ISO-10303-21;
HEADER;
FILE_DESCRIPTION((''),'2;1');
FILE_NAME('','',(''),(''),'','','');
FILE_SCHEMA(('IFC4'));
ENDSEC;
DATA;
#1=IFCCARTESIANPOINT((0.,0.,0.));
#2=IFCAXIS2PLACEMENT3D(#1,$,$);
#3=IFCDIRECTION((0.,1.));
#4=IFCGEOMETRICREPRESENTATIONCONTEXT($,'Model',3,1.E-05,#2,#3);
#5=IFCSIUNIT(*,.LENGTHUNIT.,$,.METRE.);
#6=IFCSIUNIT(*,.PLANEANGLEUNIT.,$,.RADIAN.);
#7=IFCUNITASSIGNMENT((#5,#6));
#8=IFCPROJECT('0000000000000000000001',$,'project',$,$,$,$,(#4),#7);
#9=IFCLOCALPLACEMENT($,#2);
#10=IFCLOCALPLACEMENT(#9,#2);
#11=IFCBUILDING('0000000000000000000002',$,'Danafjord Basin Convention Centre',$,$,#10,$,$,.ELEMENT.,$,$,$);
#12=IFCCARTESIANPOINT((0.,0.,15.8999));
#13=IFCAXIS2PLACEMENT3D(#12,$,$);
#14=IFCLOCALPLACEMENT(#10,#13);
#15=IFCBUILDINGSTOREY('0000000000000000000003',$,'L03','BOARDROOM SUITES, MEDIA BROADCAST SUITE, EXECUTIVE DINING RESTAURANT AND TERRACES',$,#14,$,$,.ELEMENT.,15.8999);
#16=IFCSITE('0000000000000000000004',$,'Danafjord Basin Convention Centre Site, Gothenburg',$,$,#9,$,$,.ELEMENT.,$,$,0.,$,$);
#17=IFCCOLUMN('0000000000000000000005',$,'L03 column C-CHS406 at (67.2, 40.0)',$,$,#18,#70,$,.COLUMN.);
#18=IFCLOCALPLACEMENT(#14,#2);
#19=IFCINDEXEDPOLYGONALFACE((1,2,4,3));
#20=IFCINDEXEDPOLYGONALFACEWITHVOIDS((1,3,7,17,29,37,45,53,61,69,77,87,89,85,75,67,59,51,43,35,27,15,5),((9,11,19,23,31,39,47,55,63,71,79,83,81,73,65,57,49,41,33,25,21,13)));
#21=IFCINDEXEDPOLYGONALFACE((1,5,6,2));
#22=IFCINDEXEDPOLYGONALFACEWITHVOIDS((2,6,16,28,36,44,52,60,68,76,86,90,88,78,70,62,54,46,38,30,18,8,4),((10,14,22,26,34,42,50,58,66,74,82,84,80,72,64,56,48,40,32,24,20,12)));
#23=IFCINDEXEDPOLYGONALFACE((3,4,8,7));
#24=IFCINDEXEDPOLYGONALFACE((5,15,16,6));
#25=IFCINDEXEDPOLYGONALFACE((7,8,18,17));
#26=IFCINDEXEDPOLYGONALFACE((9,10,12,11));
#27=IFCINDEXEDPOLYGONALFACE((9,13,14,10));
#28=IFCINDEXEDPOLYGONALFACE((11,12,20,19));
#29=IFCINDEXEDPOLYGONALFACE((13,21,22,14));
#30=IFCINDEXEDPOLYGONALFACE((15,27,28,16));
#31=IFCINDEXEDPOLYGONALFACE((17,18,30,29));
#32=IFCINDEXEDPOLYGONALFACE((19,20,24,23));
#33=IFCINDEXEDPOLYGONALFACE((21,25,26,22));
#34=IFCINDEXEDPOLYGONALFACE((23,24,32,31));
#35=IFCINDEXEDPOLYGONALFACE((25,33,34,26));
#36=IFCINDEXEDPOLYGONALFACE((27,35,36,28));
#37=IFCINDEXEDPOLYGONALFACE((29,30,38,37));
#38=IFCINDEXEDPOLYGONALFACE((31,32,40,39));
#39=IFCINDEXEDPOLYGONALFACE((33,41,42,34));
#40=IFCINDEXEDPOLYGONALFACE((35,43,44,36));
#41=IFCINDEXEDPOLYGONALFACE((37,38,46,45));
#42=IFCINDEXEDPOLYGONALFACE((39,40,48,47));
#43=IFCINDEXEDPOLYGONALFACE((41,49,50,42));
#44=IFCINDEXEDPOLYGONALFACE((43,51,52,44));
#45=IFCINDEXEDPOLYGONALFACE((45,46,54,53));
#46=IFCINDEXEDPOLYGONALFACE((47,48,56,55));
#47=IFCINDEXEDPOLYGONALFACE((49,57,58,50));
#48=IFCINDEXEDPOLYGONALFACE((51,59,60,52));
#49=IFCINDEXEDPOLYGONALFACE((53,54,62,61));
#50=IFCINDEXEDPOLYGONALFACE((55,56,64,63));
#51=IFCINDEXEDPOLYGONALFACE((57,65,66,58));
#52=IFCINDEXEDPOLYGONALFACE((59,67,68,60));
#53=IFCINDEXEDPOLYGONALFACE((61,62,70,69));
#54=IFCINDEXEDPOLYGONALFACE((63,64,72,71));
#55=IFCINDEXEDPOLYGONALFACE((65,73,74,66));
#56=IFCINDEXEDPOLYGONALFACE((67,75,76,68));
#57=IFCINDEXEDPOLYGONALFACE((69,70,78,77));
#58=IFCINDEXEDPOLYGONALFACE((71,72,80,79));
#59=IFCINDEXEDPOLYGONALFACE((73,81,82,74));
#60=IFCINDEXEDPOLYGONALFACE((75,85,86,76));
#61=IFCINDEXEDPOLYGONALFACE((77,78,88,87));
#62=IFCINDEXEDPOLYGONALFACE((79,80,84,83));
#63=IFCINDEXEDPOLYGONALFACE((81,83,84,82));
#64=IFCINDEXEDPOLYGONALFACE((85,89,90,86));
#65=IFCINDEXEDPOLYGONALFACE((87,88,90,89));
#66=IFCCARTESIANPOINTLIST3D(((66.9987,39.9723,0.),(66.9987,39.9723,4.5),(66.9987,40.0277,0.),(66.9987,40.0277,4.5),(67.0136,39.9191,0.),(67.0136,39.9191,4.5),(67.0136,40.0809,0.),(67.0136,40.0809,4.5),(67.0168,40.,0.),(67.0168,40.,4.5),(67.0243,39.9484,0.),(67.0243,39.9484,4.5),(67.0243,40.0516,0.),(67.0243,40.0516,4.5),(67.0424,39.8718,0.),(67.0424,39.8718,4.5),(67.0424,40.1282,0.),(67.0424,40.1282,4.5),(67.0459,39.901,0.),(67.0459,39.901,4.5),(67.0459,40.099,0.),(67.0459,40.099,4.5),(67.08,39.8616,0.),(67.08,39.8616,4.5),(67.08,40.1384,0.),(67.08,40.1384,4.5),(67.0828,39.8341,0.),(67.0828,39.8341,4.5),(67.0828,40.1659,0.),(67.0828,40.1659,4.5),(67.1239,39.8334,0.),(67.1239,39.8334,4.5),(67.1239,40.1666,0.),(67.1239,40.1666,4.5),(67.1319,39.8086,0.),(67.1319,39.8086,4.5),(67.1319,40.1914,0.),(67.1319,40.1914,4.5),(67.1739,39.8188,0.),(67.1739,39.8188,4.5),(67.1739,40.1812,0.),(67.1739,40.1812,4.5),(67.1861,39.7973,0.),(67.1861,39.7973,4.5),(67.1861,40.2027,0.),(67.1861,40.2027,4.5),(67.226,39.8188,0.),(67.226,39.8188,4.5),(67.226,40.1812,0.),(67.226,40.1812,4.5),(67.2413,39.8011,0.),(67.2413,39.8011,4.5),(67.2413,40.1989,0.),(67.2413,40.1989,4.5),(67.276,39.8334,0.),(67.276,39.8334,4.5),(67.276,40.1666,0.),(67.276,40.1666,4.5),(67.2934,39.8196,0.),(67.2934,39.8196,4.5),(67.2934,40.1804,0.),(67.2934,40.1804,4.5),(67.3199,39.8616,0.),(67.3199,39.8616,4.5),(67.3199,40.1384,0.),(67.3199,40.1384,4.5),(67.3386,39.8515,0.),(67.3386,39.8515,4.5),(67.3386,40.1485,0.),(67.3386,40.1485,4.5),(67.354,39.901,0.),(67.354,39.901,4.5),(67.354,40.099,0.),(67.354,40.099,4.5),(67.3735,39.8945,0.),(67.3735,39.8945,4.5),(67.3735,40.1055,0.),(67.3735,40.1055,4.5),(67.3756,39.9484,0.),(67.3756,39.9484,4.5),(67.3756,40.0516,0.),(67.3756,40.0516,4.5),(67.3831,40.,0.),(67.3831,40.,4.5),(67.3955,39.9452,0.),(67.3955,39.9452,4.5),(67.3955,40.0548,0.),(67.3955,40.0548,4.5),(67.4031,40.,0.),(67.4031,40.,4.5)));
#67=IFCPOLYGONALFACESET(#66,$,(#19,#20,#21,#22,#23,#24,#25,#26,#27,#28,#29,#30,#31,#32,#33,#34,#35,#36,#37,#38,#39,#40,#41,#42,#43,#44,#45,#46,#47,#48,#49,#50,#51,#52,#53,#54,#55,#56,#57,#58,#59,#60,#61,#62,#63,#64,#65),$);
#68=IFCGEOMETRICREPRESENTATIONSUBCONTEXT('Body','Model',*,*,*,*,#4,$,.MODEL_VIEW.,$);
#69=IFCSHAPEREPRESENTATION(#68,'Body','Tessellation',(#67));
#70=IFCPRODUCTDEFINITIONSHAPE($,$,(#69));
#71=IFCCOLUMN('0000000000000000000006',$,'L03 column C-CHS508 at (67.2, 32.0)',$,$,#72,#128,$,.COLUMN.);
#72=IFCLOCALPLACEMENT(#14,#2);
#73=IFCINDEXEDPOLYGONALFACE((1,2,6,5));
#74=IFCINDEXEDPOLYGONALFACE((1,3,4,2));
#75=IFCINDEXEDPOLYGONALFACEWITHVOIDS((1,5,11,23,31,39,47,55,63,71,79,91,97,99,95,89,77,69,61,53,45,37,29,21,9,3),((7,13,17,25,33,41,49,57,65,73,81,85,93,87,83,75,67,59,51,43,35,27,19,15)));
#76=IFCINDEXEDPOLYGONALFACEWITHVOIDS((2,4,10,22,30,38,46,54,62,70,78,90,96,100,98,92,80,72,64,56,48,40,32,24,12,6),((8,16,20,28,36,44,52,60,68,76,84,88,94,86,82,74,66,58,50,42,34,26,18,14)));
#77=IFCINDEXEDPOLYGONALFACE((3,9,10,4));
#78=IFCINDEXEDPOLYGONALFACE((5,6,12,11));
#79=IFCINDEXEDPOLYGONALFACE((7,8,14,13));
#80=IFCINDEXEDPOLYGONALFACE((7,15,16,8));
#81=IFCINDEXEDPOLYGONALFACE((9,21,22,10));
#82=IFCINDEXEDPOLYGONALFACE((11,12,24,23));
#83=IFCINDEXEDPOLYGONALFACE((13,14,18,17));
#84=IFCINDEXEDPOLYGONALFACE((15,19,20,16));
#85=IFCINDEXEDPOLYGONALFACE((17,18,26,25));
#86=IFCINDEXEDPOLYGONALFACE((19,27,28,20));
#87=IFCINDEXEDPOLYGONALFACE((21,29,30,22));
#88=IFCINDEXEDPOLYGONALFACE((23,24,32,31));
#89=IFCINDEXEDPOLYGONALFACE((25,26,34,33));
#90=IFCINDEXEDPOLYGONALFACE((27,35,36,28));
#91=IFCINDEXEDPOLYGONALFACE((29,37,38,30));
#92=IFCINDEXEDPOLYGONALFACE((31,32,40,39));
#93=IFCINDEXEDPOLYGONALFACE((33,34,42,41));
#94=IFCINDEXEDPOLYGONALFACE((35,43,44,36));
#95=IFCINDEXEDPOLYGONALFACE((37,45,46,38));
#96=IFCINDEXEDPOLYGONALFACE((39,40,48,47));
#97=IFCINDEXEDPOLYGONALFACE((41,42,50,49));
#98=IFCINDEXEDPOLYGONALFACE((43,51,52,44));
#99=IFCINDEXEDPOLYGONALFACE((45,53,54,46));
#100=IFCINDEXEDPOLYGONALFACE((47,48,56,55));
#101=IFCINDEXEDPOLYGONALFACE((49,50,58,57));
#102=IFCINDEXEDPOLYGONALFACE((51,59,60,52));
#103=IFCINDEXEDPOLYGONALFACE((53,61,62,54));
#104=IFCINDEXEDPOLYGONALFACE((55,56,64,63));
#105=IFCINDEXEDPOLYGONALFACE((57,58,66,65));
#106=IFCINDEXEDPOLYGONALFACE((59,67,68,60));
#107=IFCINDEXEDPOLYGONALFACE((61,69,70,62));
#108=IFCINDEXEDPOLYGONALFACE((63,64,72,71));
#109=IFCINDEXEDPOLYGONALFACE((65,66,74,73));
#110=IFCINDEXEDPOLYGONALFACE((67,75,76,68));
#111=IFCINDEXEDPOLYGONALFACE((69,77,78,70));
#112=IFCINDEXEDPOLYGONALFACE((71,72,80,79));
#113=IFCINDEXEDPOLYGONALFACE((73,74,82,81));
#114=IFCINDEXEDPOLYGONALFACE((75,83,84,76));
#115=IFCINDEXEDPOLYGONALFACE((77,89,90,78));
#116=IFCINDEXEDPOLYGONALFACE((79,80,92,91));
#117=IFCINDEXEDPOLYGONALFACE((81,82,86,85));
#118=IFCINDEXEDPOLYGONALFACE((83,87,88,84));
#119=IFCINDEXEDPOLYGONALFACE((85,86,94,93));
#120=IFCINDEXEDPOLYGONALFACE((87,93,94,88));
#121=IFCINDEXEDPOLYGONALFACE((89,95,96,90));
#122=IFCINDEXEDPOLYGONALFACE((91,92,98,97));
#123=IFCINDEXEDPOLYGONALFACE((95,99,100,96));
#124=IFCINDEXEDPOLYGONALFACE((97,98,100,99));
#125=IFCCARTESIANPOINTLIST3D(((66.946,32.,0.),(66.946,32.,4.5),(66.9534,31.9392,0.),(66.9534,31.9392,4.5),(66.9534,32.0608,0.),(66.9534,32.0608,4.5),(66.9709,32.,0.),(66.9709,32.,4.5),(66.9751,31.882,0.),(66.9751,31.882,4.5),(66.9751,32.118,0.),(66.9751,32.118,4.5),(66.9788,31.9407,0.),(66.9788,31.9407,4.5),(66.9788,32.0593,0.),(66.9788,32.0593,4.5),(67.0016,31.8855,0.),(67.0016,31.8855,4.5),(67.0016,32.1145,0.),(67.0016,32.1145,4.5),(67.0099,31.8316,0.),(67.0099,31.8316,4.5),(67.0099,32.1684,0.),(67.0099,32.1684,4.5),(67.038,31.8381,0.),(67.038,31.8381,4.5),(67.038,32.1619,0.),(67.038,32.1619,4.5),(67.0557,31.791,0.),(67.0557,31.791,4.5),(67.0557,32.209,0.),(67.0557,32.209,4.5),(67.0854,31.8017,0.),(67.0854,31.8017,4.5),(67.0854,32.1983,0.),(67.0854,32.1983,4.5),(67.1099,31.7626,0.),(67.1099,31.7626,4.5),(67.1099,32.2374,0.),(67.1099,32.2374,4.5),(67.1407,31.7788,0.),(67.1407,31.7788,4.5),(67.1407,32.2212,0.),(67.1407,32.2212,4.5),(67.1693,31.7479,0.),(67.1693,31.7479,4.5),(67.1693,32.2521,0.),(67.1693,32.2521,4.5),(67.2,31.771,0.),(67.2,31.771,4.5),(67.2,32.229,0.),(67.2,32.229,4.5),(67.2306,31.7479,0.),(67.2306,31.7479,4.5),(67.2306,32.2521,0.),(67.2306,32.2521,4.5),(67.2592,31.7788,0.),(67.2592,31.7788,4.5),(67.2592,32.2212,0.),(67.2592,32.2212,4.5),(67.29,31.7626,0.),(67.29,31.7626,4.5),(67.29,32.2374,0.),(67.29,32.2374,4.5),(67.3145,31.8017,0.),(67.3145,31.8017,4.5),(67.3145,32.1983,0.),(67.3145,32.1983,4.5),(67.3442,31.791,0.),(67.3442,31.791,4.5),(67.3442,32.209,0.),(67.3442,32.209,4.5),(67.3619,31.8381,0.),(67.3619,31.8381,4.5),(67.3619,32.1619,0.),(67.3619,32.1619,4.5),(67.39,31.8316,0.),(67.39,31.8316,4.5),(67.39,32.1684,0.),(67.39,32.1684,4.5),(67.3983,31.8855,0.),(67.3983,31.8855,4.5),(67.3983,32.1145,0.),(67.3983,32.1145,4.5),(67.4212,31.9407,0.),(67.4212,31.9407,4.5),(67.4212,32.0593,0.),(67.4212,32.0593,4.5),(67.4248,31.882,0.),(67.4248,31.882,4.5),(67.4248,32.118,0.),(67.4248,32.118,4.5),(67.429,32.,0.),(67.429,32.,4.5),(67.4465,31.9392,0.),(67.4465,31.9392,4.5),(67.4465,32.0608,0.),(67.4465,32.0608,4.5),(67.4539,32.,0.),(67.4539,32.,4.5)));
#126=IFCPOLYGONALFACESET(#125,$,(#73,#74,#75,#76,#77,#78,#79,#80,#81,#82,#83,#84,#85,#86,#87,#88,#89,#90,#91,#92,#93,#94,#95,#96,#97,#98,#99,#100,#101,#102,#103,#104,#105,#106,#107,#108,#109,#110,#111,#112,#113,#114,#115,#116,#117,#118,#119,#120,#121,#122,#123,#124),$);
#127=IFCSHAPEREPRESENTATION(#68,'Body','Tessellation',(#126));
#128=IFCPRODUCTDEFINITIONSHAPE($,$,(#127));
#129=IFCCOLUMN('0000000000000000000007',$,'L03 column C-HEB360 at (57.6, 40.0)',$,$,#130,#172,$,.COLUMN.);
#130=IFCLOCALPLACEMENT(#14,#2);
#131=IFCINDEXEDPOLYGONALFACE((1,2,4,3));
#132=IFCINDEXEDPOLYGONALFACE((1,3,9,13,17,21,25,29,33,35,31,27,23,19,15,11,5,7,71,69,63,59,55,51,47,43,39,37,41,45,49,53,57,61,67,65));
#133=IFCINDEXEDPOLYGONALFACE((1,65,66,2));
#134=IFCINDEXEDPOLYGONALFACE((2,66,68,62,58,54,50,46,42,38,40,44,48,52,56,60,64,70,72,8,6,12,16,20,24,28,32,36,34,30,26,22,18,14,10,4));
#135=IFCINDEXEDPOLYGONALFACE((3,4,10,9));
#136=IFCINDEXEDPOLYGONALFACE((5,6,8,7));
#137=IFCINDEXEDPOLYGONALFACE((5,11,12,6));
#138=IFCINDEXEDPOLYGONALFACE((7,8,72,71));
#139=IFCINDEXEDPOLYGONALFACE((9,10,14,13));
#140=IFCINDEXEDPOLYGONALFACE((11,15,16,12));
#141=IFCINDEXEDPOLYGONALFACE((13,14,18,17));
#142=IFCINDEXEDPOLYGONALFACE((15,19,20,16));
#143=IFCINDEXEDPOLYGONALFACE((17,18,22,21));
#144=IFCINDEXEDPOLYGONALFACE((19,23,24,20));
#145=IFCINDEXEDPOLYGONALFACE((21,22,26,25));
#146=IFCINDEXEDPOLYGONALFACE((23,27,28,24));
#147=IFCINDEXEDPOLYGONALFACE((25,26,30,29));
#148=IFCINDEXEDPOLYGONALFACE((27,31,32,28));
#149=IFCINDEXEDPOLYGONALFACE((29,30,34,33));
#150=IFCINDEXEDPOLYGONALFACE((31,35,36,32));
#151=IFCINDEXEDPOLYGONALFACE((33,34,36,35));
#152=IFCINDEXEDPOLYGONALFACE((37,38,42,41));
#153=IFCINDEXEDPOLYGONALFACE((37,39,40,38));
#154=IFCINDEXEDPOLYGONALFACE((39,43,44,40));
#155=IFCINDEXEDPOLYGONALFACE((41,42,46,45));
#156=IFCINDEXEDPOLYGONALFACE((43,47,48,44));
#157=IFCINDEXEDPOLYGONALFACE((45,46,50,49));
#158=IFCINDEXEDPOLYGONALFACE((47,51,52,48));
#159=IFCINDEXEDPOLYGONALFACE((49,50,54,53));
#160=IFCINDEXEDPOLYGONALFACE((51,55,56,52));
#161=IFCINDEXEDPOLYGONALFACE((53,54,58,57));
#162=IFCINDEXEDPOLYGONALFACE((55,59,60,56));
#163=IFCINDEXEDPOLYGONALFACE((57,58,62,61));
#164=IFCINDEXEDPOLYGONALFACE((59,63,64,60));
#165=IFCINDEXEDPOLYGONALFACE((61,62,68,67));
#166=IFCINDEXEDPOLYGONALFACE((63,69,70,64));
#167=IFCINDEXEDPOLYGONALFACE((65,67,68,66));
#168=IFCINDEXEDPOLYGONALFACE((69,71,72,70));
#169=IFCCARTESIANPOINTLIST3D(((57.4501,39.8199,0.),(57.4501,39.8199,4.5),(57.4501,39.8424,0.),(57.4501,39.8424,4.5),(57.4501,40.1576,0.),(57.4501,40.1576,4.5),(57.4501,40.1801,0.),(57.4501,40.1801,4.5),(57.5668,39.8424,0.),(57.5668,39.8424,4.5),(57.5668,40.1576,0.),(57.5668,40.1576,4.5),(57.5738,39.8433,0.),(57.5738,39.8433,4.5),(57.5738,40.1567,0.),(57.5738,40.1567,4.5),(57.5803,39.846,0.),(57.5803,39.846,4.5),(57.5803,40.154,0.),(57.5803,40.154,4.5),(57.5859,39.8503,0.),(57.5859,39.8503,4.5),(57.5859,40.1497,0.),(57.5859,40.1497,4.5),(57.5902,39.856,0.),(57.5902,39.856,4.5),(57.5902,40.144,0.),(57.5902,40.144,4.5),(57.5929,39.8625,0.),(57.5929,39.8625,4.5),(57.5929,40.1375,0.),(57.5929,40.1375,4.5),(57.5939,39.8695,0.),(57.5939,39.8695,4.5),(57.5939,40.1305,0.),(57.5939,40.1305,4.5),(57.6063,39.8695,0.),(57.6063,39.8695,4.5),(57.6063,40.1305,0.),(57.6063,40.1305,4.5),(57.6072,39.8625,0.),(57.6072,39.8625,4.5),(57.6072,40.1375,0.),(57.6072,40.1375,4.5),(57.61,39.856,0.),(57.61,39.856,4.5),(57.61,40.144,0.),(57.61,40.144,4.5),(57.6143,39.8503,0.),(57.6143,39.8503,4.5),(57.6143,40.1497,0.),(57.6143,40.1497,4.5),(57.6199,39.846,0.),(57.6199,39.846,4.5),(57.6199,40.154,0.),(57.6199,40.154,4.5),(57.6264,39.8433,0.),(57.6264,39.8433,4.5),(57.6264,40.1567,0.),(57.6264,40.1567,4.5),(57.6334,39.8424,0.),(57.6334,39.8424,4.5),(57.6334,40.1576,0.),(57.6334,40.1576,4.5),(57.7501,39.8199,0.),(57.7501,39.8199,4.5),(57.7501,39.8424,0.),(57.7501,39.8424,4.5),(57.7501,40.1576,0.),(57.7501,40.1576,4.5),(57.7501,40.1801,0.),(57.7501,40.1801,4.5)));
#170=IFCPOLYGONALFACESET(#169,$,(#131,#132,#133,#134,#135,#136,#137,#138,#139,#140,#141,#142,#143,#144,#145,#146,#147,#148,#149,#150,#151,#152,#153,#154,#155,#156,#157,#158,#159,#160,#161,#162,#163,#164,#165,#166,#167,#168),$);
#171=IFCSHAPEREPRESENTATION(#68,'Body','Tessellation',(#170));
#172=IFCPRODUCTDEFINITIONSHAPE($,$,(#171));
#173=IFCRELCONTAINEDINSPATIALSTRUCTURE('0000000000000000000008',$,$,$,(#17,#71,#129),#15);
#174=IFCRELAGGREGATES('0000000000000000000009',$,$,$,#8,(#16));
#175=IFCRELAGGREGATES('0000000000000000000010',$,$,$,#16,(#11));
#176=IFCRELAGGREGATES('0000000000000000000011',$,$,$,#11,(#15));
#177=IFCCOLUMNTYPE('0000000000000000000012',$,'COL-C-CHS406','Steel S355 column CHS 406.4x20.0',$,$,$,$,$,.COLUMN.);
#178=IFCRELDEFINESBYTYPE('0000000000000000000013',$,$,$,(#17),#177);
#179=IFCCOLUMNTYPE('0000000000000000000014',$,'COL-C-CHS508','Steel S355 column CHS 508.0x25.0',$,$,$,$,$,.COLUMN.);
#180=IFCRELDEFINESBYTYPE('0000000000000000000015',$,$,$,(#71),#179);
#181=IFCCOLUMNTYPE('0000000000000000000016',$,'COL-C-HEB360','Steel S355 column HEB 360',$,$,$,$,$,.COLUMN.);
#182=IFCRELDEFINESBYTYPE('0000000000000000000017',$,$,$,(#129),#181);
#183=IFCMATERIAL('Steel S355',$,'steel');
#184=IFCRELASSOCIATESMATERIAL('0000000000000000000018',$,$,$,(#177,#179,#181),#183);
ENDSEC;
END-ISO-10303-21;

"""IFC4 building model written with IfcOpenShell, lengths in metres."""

from ifc_helpers import new_model, si_unit, direction, frame, origin, origin_2d, place, context, subcontext, project, spatial, hollow_circle, i_section, extrude, material, material_profile, profile_set, type_object, element, save


model = new_model("IFC4")

# Units and contexts
model_context = context("Model", 3, precision=1e-05, world=origin(), true_north=direction((0.0, 1.0)))
body_context = subcontext(model_context, "Body", "Model", "MODEL_VIEW")
ifc_project = project(units=[si_unit("LENGTHUNIT", "METRE"), si_unit("PLANEANGLEUNIT", "RADIAN")], contexts=[model_context])

# Site, building, storey
site_placement = place(None, origin())
site = spatial("IfcSite", under=ifc_project, at=site_placement, Name="Danafjord Basin Convention Centre Site, Gothenburg", CompositionType="ELEMENT", RefElevation=0.0)
building_placement = place(site_placement, origin())
building = spatial("IfcBuilding", under=site, at=building_placement, Name="Danafjord Basin Convention Centre", CompositionType="ELEMENT")
storey_placement = place(building_placement, frame((0.0, 0.0, 15.8999)))
storey = spatial("IfcBuildingStorey", under=building, at=storey_placement, Name="L03", Description="BOARDROOM SUITES, MEDIA BROADCAST SUITE, EXECUTIVE DINING RESTAURANT AND TERRACES", CompositionType="ELEMENT", Elevation=15.8999)

# Columns
ifc_material_1 = material(Name="Steel S355", Category="steel")
ifc_material_profile_1 = material_profile(ifc_material_1, hollow_circle(Radius=0.2031, WallThickness=0.02, at=origin_2d()), Name="CHS 406.4x20.0")
ifc_profile_set_1 = profile_set([ifc_material_profile_1], Name="Steel S355")
column_type_1 = type_object("IfcColumnType", Name="COL-C-CHS406", Description="Steel S355 column CHS 406.4x20.0", PredefinedType="COLUMN", material=ifc_profile_set_1)
column_1_placement = place(storey_placement, frame((67.2, 40.0, 0.0), z_axis=(0.0, 0.0, 1.0), x_axis=(1.0, 0.0, 0.0)))
element("IfcColumn", 1, at=column_1_placement, inside=storey, type_object=column_type_1, Name="L03 column C-CHS406 at (67.2, 40.0)", PredefinedType="COLUMN", context=body_context, shape_type="SweptSolid", body=[
    extrude(hollow_circle(Radius=0.2031, WallThickness=0.02, at=origin_2d()), origin(), (0.0, 0.0, 1.0), 4.5),
])
ifc_material_profile_2 = material_profile(ifc_material_1, hollow_circle(Radius=0.2539, WallThickness=0.0249, at=origin_2d()), Name="CHS 508.0x25.0")
ifc_profile_set_2 = profile_set([ifc_material_profile_2], Name="Steel S355")
column_type_2 = type_object("IfcColumnType", Name="COL-C-CHS508", Description="Steel S355 column CHS 508.0x25.0", PredefinedType="COLUMN", material=ifc_profile_set_2)
column_2_placement = place(storey_placement, frame((67.2, 32.0, 0.0), z_axis=(0.0, 0.0, 1.0), x_axis=(1.0, 0.0, 0.0)))
element("IfcColumn", 2, at=column_2_placement, inside=storey, type_object=column_type_2, Name="L03 column C-CHS508 at (67.2, 32.0)", PredefinedType="COLUMN", context=body_context, shape_type="SweptSolid", body=[
    extrude(hollow_circle(Radius=0.2539, WallThickness=0.0249, at=origin_2d()), origin(), (0.0, 0.0, 1.0), 4.5),
])
ifc_material_profile_3 = material_profile(ifc_material_1, i_section(OverallWidth=0.3, OverallDepth=0.3601, WebThickness=0.0125, FlangeThickness=0.0225, FilletRadius=0.0271, at=origin_2d()), Name="HEB 360")
ifc_profile_set_3 = profile_set([ifc_material_profile_3], Name="Steel S355")
column_type_3 = type_object("IfcColumnType", Name="COL-C-HEB360", Description="Steel S355 column HEB 360", PredefinedType="COLUMN", material=ifc_profile_set_3)
column_3_placement = place(storey_placement, frame((57.6001, 40.0, 0.0), z_axis=(0.0, 0.0, 1.0), x_axis=(1.0, 0.0, 0.0)))
element("IfcColumn", 3, at=column_3_placement, inside=storey, type_object=column_type_3, Name="L03 column C-HEB360 at (57.6, 40.0)", PredefinedType="COLUMN", context=body_context, shape_type="SweptSolid", body=[
    extrude(i_section(OverallWidth=0.3, OverallDepth=0.3601, WebThickness=0.0125, FlangeThickness=0.0225, FilletRadius=0.0271, at=origin_2d()), origin(), (0.0, 0.0, 1.0), 4.5),
])

save(model, "model.ifc")
